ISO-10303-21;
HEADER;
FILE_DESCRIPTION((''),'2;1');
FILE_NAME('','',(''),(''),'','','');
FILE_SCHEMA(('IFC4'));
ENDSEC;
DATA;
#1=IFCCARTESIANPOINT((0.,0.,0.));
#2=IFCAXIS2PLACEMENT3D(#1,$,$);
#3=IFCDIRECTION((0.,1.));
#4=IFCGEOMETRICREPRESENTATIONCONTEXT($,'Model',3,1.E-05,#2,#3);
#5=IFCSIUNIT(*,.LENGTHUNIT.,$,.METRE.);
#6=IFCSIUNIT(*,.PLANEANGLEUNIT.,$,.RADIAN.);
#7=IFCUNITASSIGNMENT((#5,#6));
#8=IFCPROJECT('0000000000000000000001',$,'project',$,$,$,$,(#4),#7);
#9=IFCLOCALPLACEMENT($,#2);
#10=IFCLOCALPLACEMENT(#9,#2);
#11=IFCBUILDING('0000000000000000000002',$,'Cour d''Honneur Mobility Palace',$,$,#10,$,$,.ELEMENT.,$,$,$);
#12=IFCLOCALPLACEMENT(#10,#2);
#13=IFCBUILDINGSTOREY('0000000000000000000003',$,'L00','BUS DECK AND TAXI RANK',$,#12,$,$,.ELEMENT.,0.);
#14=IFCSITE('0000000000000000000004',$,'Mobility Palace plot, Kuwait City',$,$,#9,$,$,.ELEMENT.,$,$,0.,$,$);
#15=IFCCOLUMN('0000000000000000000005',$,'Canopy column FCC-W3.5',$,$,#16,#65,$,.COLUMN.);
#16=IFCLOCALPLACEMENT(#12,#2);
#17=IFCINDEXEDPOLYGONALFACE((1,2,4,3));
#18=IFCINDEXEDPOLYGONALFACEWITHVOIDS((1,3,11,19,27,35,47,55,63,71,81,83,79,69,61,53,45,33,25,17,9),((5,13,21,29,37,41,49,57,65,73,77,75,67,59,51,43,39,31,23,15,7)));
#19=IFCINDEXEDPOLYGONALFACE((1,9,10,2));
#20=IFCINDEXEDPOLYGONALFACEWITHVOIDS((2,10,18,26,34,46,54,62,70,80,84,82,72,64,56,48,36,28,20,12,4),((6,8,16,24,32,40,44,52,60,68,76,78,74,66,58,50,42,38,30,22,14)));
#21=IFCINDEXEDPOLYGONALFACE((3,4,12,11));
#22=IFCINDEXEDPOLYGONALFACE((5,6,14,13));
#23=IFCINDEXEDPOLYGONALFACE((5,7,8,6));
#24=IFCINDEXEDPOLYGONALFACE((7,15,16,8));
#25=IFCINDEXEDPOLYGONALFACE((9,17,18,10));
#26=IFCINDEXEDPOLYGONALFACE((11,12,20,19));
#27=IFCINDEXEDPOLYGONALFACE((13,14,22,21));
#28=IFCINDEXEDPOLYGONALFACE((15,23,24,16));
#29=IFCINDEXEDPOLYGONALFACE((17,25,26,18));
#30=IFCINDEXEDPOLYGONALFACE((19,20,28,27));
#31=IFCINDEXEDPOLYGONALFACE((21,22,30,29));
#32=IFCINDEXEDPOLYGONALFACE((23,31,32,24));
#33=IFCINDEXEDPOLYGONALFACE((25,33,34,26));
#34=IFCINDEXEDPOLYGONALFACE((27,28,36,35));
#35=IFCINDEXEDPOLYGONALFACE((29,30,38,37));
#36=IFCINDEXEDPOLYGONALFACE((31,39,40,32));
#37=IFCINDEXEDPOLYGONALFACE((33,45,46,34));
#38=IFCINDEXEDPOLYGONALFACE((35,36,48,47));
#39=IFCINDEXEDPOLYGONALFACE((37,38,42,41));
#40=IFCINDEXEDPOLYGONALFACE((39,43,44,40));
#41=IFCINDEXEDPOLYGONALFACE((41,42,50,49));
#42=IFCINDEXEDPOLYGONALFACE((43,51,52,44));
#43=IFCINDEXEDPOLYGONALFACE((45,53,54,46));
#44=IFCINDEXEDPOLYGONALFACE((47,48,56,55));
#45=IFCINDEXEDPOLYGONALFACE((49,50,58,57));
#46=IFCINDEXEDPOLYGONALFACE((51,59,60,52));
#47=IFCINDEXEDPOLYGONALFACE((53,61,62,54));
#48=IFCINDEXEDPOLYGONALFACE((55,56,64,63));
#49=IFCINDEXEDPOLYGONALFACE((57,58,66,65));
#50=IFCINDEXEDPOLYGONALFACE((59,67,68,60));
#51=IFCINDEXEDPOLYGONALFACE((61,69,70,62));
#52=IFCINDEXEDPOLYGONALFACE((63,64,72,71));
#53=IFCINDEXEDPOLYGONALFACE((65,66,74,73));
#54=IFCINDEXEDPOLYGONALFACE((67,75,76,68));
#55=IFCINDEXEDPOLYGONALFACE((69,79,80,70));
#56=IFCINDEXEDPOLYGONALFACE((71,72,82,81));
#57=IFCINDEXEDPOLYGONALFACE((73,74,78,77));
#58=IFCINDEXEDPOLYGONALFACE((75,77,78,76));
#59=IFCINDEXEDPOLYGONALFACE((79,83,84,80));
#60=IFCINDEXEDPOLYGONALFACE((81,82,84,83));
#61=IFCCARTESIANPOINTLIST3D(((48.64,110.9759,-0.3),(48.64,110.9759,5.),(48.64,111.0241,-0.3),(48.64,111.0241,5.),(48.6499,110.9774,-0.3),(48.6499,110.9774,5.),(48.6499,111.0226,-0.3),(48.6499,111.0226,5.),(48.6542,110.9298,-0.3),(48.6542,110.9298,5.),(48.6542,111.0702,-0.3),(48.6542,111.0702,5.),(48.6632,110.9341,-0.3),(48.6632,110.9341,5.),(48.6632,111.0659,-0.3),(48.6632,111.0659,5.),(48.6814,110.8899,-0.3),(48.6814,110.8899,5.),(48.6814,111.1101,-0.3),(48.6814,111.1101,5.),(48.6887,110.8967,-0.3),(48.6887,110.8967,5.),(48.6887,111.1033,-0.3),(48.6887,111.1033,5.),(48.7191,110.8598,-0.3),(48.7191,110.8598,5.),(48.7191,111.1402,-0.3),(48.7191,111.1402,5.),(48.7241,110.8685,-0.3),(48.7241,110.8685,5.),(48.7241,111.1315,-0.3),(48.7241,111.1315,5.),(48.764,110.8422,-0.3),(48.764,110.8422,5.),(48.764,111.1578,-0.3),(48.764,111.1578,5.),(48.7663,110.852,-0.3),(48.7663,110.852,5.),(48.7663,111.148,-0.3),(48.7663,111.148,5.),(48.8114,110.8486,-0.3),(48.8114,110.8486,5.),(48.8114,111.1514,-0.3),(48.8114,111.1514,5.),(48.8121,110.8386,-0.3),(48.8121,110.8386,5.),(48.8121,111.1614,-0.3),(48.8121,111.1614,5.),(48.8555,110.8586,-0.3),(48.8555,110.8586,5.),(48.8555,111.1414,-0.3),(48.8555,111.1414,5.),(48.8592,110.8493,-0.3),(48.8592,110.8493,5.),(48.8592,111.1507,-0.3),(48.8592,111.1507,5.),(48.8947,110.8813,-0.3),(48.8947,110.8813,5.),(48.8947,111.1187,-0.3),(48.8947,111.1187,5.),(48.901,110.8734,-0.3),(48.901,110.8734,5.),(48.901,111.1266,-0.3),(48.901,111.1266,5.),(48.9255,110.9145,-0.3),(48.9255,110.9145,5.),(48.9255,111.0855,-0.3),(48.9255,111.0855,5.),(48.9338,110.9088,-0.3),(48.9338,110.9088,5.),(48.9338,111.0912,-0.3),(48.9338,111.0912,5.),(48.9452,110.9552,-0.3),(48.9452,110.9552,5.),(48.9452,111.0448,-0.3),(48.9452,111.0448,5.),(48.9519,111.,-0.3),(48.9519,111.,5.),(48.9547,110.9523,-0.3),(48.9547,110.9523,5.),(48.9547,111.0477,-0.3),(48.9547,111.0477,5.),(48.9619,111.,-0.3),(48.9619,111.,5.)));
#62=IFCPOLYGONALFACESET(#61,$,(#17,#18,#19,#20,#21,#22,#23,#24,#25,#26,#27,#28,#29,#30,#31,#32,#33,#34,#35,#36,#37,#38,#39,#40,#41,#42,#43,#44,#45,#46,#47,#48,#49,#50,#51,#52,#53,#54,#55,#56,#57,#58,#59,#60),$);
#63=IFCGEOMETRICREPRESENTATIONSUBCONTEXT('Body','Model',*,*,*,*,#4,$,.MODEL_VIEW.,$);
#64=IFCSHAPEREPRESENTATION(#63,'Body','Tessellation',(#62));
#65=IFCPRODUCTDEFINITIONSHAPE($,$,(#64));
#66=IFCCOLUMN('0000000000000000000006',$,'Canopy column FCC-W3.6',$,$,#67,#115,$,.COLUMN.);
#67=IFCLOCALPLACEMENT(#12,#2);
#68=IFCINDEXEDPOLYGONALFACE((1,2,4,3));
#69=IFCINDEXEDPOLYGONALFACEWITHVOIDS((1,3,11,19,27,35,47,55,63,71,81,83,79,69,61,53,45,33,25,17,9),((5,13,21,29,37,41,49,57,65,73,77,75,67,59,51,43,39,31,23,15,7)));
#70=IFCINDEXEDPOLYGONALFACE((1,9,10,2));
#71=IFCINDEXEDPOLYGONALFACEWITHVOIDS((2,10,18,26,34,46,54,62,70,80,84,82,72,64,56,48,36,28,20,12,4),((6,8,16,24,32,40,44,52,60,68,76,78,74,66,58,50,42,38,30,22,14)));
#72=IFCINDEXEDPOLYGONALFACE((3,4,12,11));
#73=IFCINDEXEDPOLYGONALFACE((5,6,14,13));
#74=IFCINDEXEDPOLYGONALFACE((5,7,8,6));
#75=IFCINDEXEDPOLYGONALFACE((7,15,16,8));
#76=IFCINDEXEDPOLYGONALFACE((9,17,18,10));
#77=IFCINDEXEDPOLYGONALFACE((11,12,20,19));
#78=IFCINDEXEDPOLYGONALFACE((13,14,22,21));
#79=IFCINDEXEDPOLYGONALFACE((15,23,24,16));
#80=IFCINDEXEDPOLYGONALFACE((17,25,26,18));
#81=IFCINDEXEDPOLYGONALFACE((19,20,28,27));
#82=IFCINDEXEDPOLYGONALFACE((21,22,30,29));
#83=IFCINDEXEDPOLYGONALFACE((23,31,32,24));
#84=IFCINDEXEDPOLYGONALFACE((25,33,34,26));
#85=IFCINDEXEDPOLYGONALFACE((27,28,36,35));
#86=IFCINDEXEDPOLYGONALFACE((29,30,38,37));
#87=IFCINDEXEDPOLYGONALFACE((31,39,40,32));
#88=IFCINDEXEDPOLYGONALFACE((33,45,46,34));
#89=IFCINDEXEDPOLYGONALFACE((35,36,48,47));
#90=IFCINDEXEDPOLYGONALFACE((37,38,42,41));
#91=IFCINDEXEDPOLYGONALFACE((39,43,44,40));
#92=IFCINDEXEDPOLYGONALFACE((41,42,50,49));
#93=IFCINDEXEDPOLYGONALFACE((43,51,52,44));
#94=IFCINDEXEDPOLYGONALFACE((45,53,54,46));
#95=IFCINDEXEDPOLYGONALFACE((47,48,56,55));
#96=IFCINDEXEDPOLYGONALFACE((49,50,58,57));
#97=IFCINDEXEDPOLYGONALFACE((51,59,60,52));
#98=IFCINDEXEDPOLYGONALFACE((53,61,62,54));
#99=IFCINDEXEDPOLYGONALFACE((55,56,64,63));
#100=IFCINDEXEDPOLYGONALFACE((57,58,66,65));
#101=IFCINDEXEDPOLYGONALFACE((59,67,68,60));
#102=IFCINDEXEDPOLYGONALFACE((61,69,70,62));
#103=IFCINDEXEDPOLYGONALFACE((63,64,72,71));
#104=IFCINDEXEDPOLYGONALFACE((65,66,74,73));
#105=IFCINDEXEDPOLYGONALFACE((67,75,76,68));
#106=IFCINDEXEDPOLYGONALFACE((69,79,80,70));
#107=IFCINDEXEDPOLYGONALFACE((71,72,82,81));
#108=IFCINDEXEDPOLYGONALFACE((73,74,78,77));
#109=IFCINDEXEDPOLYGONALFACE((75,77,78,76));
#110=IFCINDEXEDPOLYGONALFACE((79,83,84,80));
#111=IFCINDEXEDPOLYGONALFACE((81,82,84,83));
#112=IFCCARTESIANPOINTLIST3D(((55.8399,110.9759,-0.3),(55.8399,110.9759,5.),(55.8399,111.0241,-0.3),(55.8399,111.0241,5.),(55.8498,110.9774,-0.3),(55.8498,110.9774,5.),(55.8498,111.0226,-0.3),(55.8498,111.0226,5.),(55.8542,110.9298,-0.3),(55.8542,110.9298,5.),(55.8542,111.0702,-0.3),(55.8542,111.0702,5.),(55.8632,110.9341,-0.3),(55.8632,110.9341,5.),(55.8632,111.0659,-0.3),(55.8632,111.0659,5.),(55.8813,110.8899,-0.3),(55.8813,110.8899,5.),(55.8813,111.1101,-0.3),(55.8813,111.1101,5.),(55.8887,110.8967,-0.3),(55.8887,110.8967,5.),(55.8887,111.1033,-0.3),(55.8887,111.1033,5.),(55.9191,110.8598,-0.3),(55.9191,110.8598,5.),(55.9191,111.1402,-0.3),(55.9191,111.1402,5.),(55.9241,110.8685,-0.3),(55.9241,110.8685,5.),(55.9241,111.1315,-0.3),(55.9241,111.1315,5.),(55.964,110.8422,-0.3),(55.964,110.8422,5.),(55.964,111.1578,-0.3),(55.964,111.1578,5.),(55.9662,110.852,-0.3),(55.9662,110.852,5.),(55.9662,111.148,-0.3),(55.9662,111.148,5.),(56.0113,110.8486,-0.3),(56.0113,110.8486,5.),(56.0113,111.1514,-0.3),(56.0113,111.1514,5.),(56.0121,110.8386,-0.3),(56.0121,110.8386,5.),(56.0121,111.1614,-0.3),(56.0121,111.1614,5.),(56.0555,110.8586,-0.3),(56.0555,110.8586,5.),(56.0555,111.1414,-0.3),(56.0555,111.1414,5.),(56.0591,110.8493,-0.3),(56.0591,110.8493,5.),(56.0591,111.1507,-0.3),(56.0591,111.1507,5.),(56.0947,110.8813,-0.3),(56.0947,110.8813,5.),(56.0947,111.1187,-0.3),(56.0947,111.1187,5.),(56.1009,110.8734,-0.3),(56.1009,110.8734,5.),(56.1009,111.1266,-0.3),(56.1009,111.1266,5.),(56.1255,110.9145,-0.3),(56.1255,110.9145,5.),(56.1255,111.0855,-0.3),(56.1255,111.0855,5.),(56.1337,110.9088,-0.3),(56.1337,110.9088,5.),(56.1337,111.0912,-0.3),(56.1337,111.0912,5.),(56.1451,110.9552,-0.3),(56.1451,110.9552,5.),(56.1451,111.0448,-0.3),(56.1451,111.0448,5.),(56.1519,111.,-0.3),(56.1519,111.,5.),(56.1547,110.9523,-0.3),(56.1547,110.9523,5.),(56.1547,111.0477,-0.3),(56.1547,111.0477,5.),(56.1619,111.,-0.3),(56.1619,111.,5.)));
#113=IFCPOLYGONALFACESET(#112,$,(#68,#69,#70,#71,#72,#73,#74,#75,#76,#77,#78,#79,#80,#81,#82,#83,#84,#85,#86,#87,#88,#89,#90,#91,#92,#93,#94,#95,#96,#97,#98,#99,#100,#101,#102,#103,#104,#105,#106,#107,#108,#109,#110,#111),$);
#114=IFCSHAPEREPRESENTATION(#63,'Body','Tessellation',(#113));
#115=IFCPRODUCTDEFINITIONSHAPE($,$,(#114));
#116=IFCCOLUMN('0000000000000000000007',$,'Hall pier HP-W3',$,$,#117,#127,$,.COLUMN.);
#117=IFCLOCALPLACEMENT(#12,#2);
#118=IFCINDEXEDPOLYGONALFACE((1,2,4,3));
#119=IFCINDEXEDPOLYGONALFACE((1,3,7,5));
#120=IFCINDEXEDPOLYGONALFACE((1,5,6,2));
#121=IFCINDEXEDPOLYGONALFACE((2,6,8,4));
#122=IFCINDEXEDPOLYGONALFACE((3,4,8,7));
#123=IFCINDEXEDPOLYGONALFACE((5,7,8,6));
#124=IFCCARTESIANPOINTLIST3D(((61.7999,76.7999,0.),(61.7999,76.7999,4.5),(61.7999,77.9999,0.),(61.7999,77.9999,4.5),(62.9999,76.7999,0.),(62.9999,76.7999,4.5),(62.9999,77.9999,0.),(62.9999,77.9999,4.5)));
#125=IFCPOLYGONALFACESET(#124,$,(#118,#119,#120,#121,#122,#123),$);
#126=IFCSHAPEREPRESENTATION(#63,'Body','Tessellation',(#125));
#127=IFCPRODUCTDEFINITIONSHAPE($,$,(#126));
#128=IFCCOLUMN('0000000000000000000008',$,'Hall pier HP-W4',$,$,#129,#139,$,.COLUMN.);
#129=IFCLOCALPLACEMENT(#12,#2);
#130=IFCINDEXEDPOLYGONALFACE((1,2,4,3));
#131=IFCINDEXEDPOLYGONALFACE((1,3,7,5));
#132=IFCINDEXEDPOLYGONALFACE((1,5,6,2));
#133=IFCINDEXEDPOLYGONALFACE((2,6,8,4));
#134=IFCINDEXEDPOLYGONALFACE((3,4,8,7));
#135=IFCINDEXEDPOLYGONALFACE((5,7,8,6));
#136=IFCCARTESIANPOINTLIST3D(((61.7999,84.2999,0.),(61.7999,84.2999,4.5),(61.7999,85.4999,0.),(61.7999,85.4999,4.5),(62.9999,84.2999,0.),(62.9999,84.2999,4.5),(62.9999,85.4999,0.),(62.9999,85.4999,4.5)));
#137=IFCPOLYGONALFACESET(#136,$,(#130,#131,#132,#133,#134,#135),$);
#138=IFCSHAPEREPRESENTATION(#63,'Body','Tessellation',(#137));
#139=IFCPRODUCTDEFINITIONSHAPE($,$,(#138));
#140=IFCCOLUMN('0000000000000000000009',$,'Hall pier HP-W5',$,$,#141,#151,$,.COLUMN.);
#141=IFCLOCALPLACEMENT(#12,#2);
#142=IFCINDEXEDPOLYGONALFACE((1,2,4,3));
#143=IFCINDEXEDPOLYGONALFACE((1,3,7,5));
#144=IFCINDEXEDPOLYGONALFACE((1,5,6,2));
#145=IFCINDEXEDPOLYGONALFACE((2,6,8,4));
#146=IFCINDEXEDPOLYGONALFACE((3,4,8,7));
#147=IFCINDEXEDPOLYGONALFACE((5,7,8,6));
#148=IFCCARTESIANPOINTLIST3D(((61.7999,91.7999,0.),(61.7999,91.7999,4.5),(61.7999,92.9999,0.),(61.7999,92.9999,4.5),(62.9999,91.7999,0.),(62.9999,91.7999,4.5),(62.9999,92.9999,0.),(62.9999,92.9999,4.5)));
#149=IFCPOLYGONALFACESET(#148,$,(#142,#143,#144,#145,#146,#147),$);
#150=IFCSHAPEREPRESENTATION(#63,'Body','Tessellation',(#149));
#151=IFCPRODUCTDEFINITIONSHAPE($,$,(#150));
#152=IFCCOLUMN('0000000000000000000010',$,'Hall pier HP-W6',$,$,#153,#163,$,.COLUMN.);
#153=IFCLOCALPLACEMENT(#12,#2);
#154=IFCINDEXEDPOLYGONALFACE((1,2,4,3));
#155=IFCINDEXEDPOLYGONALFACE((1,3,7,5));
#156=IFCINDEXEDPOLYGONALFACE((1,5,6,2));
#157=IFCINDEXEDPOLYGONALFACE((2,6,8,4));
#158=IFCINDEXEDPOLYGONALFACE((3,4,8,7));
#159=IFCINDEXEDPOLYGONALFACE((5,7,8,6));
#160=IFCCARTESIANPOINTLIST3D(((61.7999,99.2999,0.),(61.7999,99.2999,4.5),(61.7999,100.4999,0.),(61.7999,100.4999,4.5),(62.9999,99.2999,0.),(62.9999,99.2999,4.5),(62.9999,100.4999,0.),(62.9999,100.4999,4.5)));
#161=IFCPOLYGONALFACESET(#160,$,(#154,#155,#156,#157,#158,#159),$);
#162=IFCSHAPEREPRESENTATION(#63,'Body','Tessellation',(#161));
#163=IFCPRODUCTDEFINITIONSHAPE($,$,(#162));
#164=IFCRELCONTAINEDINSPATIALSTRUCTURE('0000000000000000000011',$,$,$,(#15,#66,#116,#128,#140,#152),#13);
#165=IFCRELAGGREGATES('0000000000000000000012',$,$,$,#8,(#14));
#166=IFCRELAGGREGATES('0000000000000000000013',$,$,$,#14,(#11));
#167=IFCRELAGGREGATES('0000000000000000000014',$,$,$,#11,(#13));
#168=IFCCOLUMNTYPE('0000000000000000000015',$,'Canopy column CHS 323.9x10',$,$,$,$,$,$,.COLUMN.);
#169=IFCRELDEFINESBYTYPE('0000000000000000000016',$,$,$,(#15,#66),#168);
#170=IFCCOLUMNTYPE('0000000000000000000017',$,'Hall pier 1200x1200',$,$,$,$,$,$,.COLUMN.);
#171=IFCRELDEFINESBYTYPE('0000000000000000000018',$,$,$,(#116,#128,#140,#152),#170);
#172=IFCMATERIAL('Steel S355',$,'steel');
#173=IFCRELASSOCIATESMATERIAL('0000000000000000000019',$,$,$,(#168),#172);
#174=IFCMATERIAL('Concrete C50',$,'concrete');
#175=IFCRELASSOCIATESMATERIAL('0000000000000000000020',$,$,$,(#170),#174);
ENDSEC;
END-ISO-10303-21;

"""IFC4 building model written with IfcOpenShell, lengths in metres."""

from ifc_helpers import new_model, si_unit, direction, frame, origin, origin_2d, place, context, subcontext, project, spatial, rectangle, hollow_circle, extrude, material, material_profile, profile_set, type_object, element, save


model = new_model("IFC4")

# Units and contexts
model_context = context("Model", 3, precision=1e-05, world=origin(), true_north=direction((0.0, 1.0)))
body_context = subcontext(model_context, "Body", "Model", "MODEL_VIEW")
ifc_project = project(units=[si_unit("LENGTHUNIT", "METRE"), si_unit("PLANEANGLEUNIT", "RADIAN")], contexts=[model_context])

# Site, building, storey
site_placement = place(None, origin())
site = spatial("IfcSite", under=ifc_project, at=site_placement, Name="Mobility Palace plot, Kuwait City", CompositionType="ELEMENT", RefElevation=0.0)
building_placement = place(site_placement, origin())
building = spatial("IfcBuilding", under=site, at=building_placement, Name="Cour d'Honneur Mobility Palace", CompositionType="ELEMENT")
storey_placement = place(building_placement, origin())
storey = spatial("IfcBuildingStorey", under=building, at=storey_placement, Name="L00", Description="BUS DECK AND TAXI RANK", CompositionType="ELEMENT", Elevation=0.0)

# Columns
ifc_material_1 = material(Name="Steel S355", Category="steel")
ifc_material_profile_1 = material_profile(ifc_material_1, hollow_circle(Radius=0.1619, WallThickness=0.01, at=origin_2d()), Name="CHS 323.9x10")
ifc_profile_set_1 = profile_set([ifc_material_profile_1], Name="Steel S355")
column_type_1 = type_object("IfcColumnType", Name="Canopy column CHS 323.9x10", PredefinedType="COLUMN", material=ifc_profile_set_1)
for number, where, z_axis, x_axis, name in (
    (1, (48.8, 111.0, -0.3), (0.0, 0.0, 1.0), (1.0, 0.0, 0.0), "Canopy column FCC-W3.5"),
    (2, (56.0, 111.0, -0.3), (0.0, 0.0, 1.0), (1.0, 0.0, 0.0), "Canopy column FCC-W3.6"),
):
    element("IfcColumn", number, at=place(storey_placement, frame(where, z_axis=z_axis, x_axis=x_axis)), inside=storey, type_object=column_type_1, Name=name, PredefinedType="COLUMN", context=body_context, shape_type="SweptSolid", body=[
        extrude(hollow_circle(Radius=0.1619, WallThickness=0.01, at=origin_2d()), origin(), (0.0, 0.0, 1.0), 5.3),
    ])
ifc_material_2 = material(Name="Concrete C50", Category="concrete")
ifc_material_profile_2 = material_profile(ifc_material_2, rectangle(XDim=1.2, YDim=1.2, at=origin_2d()), Name="Hall pier 1200x1200")
ifc_profile_set_2 = profile_set([ifc_material_profile_2], Name="Concrete C50")
column_type_2 = type_object("IfcColumnType", Name="Hall pier 1200x1200", PredefinedType="COLUMN", material=ifc_profile_set_2)
for number, where, z_axis, x_axis, name in (
    (3, (62.3999, 77.3999, 0.0), (0.0, 0.0, 1.0), (1.0, 0.0, 0.0), "Hall pier HP-W3"),
    (4, (62.3999, 84.8999, 0.0), (0.0, 0.0, 1.0), (1.0, 0.0, 0.0), "Hall pier HP-W4"),
    (5, (62.3999, 92.3999, 0.0), (0.0, 0.0, 1.0), (1.0, 0.0, 0.0), "Hall pier HP-W5"),
    (6, (62.3999, 99.8999, 0.0), (0.0, 0.0, 1.0), (1.0, 0.0, 0.0), "Hall pier HP-W6"),
):
    element("IfcColumn", number, at=place(storey_placement, frame(where, z_axis=z_axis, x_axis=x_axis)), inside=storey, type_object=column_type_2, Name=name, PredefinedType="COLUMN", context=body_context, shape_type="SweptSolid", body=[
        extrude(rectangle(XDim=1.2, YDim=1.2, at=origin_2d()), origin(), (0.0, 0.0, 1.0), 4.5),
    ])

save(model, "model.ifc")
